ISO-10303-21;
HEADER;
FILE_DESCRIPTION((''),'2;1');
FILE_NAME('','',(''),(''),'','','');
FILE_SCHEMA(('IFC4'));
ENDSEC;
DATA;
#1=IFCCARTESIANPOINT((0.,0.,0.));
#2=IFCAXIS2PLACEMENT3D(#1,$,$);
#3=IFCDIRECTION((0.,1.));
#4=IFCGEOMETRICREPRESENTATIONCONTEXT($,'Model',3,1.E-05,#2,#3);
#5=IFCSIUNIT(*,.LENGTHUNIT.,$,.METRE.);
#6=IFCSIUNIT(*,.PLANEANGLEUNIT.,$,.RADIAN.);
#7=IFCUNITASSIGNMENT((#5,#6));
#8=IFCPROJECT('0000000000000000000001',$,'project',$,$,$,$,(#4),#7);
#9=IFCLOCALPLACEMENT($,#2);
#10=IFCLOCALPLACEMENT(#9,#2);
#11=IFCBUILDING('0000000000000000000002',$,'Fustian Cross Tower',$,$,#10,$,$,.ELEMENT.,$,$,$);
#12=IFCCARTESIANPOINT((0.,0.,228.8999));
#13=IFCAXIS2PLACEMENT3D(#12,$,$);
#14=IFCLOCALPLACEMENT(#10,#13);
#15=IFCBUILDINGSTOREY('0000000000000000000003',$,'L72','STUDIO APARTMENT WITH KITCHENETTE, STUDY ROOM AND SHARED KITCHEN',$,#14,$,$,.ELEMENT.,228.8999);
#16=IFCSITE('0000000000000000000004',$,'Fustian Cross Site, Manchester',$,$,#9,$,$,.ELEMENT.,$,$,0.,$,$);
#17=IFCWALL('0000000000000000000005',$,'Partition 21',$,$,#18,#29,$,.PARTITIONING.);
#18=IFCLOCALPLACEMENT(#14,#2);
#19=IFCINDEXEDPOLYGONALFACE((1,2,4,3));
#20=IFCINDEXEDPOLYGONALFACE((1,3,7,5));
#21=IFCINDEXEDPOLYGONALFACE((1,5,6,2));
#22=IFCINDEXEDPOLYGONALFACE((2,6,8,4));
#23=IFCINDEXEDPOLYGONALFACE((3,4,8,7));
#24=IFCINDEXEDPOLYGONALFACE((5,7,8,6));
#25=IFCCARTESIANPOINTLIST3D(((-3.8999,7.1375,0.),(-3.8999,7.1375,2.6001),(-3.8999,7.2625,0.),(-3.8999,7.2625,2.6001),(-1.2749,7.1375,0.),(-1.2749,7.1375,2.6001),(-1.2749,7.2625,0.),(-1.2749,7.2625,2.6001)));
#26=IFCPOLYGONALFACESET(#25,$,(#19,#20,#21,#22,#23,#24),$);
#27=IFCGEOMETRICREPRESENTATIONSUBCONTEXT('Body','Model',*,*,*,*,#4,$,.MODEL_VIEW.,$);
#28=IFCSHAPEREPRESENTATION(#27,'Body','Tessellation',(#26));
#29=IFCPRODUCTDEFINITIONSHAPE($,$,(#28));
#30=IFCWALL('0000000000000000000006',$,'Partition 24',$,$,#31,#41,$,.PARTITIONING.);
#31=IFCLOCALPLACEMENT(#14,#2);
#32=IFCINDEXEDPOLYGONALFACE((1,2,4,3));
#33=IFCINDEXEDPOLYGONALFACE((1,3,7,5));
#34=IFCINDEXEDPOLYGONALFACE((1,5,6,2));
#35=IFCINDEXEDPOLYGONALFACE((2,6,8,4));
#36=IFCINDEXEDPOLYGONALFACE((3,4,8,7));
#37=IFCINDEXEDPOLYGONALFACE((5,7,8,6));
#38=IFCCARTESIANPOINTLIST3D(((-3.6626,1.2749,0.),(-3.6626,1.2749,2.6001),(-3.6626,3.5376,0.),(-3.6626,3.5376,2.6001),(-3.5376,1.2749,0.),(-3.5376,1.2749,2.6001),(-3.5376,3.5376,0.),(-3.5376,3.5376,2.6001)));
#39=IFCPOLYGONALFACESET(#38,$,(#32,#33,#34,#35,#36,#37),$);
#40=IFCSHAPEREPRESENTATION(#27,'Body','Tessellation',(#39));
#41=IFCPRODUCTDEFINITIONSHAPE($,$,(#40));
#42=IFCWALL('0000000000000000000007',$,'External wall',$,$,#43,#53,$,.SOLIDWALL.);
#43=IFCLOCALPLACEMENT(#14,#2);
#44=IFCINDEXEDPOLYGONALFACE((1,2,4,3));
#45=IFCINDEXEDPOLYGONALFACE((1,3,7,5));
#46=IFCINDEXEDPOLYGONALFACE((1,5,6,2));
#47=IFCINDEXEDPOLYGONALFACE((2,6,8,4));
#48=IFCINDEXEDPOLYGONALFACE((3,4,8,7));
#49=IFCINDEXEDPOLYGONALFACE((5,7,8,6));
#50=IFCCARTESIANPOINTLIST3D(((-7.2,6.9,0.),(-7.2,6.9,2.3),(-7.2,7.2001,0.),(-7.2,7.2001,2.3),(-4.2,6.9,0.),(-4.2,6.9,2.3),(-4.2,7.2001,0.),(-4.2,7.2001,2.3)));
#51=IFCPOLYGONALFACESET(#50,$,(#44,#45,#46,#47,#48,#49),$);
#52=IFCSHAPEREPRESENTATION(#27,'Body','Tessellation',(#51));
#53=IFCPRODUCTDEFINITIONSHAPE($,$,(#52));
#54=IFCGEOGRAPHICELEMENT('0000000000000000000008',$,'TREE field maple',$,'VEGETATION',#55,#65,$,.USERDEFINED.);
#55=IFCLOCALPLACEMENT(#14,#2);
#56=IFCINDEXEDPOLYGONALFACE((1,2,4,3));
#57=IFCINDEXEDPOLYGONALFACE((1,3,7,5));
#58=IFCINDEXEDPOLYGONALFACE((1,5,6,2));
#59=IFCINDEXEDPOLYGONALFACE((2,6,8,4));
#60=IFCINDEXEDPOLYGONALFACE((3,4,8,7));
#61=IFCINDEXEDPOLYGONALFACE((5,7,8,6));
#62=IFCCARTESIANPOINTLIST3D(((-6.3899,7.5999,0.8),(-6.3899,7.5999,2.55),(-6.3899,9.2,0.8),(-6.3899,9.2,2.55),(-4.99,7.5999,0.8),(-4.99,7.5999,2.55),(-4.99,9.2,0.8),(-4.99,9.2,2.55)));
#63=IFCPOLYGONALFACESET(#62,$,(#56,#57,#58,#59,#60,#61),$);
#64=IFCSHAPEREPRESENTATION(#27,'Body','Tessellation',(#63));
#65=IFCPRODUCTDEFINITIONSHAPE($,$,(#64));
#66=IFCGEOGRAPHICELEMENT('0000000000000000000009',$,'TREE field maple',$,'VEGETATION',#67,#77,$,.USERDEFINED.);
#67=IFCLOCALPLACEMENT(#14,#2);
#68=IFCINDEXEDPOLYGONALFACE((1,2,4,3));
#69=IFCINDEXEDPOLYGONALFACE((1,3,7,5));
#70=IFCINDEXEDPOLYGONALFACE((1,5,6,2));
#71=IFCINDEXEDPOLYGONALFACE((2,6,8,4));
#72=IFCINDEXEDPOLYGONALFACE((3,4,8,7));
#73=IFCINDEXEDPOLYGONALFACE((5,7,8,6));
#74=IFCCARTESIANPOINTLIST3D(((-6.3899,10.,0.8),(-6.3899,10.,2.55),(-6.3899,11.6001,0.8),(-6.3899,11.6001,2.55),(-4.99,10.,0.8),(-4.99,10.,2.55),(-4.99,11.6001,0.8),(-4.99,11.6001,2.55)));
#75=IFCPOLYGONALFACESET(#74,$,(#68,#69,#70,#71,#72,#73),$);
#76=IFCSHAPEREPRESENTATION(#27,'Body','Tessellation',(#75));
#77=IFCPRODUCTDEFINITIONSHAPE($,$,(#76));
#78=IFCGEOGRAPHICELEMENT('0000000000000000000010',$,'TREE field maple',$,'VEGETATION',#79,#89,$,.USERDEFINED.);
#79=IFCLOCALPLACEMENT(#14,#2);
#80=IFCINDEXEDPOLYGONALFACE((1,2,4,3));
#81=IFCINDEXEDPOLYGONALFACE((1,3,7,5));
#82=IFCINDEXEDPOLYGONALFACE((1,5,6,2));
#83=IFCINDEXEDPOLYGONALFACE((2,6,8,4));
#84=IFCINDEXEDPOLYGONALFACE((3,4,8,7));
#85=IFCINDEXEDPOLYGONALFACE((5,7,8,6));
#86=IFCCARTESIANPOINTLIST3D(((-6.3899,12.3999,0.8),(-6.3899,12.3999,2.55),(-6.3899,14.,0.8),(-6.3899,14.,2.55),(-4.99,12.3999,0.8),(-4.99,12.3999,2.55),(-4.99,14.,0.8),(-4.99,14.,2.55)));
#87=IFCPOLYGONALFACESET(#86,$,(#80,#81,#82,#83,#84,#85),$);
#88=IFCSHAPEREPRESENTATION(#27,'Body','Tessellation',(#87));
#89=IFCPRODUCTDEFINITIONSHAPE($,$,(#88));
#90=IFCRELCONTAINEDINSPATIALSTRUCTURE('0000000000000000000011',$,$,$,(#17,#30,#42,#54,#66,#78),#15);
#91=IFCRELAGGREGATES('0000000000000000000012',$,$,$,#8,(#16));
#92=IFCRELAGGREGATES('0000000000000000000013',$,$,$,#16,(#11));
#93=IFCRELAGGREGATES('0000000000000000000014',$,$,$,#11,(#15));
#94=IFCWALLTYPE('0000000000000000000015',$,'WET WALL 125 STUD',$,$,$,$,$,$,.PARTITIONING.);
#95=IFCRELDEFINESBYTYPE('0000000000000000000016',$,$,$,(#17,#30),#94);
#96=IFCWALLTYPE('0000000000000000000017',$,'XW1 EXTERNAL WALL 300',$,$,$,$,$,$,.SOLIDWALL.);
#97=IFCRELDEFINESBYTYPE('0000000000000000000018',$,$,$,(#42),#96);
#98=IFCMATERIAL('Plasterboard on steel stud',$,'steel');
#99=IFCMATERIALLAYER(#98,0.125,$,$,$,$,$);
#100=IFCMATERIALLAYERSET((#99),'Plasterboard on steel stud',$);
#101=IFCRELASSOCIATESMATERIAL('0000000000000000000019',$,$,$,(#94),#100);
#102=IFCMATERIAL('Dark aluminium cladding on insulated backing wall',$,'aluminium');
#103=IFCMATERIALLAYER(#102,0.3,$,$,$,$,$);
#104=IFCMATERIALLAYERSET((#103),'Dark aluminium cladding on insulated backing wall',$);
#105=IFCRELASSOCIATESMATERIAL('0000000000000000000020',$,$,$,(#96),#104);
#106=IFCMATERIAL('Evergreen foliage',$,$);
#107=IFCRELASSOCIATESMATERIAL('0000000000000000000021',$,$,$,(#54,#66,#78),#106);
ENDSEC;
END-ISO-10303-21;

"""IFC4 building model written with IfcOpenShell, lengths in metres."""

from ifc_helpers import new_model, si_unit, direction, frame, frame_2d, origin, origin_2d, place, context, subcontext, project, spatial, rectangle, extrude, material, layer, layer_set, type_object, element, save


model = new_model("IFC4")

# Units and contexts
model_context = context("Model", 3, precision=1e-05, world=origin(), true_north=direction((0.0, 1.0)))
body_context = subcontext(model_context, "Body", "Model", "MODEL_VIEW")
ifc_project = project(units=[si_unit("LENGTHUNIT", "METRE"), si_unit("PLANEANGLEUNIT", "RADIAN")], contexts=[model_context])

# Site, building, storey
site_placement = place(None, origin())
site = spatial("IfcSite", under=ifc_project, at=site_placement, Name="Fustian Cross Site, Manchester", CompositionType="ELEMENT", RefElevation=0.0)
building_placement = place(site_placement, origin())
building = spatial("IfcBuilding", under=site, at=building_placement, Name="Fustian Cross Tower", CompositionType="ELEMENT")
storey_placement = place(building_placement, frame((0.0, 0.0, 228.8999)))
storey = spatial("IfcBuildingStorey", under=building, at=storey_placement, Name="L72", Description="STUDIO APARTMENT WITH KITCHENETTE, STUDY ROOM AND SHARED KITCHEN", CompositionType="ELEMENT", Elevation=228.8999)

# Walls
ifc_material_1 = material(Name="Plasterboard on steel stud", Category="steel")
ifc_layer_1 = layer(ifc_material_1, 0.125)
ifc_layer_set_1 = layer_set([ifc_layer_1], Name="Plasterboard on steel stud")
wall_type_1 = type_object("IfcWallType", Name="WET WALL 125 STUD", PredefinedType="PARTITIONING", material=ifc_layer_set_1)
wall_1_placement = place(storey_placement, frame((-3.8999, 7.2, 0.0), z_axis=(0.0, 0.0, 1.0), x_axis=(1.0, 0.0, 0.0)))
element("IfcWall", 1, at=wall_1_placement, inside=storey, type_object=wall_type_1, Name="Partition 21", PredefinedType="PARTITIONING", context=body_context, shape_type="SweptSolid", body=[
    extrude(rectangle(XDim=2.625, YDim=0.125, at=frame_2d((1.3125, 0.0))), origin(), (0.0, 0.0, 1.0), 2.6001),
])
wall_2_placement = place(storey_placement, frame((-3.6001, 1.2749, 0.0), z_axis=(0.0, 0.0, 1.0), x_axis=(0.0, 1.0, 0.0)))
element("IfcWall", 2, at=wall_2_placement, inside=storey, type_object=wall_type_1, Name="Partition 24", PredefinedType="PARTITIONING", context=body_context, shape_type="SweptSolid", body=[
    extrude(rectangle(XDim=2.2627, YDim=0.125, at=frame_2d((1.1313, 0.0))), origin(), (0.0, 0.0, 1.0), 2.6001),
])
ifc_material_2 = material(Name="Dark aluminium cladding on insulated backing wall", Category="aluminium")
ifc_layer_2 = layer(ifc_material_2, 0.3)
ifc_layer_set_2 = layer_set([ifc_layer_2], Name="Dark aluminium cladding on insulated backing wall")
wall_type_2 = type_object("IfcWallType", Name="XW1 EXTERNAL WALL 300", PredefinedType="SOLIDWALL", material=ifc_layer_set_2)
wall_3_placement = place(storey_placement, frame((-4.2, 7.05, 0.0), z_axis=(0.0, 0.0, 1.0), x_axis=(-1.0, 0.0, 0.0)))
element("IfcWall", 3, at=wall_3_placement, inside=storey, type_object=wall_type_2, Name="External wall", PredefinedType="SOLIDWALL", context=body_context, shape_type="SweptSolid", body=[
    extrude(rectangle(XDim=3.0, YDim=0.3, at=frame_2d((1.5, 0.0))), origin(), (0.0, 0.0, 1.0), 2.3),
])

# Geographic elements
ifc_material_3 = material(Name="Evergreen foliage")
for number, where, z_axis, x_axis, name in (
    (4, (-5.6899, 8.3999, 0.8), (0.0, 0.0, 1.0), (1.0, 0.0, 0.0), "TREE field maple"),
    (5, (-5.6899, 10.8, 0.8), (0.0, 0.0, 1.0), (1.0, 0.0, 0.0), "TREE field maple"),
    (6, (-5.6899, 13.2, 0.8), (0.0, 0.0, 1.0), (1.0, 0.0, 0.0), "TREE field maple"),
):
    element("IfcGeographicElement", number, at=place(storey_placement, frame(where, z_axis=z_axis, x_axis=x_axis)), inside=storey, material=ifc_material_3, Name=name, ObjectType="VEGETATION", PredefinedType="USERDEFINED", context=body_context, shape_type="SweptSolid", body=[
        extrude(rectangle(XDim=1.3999, YDim=1.6001, at=origin_2d()), origin(), (0.0, 0.0, 1.0), 1.75),
    ])

save(model, "model.ifc")
